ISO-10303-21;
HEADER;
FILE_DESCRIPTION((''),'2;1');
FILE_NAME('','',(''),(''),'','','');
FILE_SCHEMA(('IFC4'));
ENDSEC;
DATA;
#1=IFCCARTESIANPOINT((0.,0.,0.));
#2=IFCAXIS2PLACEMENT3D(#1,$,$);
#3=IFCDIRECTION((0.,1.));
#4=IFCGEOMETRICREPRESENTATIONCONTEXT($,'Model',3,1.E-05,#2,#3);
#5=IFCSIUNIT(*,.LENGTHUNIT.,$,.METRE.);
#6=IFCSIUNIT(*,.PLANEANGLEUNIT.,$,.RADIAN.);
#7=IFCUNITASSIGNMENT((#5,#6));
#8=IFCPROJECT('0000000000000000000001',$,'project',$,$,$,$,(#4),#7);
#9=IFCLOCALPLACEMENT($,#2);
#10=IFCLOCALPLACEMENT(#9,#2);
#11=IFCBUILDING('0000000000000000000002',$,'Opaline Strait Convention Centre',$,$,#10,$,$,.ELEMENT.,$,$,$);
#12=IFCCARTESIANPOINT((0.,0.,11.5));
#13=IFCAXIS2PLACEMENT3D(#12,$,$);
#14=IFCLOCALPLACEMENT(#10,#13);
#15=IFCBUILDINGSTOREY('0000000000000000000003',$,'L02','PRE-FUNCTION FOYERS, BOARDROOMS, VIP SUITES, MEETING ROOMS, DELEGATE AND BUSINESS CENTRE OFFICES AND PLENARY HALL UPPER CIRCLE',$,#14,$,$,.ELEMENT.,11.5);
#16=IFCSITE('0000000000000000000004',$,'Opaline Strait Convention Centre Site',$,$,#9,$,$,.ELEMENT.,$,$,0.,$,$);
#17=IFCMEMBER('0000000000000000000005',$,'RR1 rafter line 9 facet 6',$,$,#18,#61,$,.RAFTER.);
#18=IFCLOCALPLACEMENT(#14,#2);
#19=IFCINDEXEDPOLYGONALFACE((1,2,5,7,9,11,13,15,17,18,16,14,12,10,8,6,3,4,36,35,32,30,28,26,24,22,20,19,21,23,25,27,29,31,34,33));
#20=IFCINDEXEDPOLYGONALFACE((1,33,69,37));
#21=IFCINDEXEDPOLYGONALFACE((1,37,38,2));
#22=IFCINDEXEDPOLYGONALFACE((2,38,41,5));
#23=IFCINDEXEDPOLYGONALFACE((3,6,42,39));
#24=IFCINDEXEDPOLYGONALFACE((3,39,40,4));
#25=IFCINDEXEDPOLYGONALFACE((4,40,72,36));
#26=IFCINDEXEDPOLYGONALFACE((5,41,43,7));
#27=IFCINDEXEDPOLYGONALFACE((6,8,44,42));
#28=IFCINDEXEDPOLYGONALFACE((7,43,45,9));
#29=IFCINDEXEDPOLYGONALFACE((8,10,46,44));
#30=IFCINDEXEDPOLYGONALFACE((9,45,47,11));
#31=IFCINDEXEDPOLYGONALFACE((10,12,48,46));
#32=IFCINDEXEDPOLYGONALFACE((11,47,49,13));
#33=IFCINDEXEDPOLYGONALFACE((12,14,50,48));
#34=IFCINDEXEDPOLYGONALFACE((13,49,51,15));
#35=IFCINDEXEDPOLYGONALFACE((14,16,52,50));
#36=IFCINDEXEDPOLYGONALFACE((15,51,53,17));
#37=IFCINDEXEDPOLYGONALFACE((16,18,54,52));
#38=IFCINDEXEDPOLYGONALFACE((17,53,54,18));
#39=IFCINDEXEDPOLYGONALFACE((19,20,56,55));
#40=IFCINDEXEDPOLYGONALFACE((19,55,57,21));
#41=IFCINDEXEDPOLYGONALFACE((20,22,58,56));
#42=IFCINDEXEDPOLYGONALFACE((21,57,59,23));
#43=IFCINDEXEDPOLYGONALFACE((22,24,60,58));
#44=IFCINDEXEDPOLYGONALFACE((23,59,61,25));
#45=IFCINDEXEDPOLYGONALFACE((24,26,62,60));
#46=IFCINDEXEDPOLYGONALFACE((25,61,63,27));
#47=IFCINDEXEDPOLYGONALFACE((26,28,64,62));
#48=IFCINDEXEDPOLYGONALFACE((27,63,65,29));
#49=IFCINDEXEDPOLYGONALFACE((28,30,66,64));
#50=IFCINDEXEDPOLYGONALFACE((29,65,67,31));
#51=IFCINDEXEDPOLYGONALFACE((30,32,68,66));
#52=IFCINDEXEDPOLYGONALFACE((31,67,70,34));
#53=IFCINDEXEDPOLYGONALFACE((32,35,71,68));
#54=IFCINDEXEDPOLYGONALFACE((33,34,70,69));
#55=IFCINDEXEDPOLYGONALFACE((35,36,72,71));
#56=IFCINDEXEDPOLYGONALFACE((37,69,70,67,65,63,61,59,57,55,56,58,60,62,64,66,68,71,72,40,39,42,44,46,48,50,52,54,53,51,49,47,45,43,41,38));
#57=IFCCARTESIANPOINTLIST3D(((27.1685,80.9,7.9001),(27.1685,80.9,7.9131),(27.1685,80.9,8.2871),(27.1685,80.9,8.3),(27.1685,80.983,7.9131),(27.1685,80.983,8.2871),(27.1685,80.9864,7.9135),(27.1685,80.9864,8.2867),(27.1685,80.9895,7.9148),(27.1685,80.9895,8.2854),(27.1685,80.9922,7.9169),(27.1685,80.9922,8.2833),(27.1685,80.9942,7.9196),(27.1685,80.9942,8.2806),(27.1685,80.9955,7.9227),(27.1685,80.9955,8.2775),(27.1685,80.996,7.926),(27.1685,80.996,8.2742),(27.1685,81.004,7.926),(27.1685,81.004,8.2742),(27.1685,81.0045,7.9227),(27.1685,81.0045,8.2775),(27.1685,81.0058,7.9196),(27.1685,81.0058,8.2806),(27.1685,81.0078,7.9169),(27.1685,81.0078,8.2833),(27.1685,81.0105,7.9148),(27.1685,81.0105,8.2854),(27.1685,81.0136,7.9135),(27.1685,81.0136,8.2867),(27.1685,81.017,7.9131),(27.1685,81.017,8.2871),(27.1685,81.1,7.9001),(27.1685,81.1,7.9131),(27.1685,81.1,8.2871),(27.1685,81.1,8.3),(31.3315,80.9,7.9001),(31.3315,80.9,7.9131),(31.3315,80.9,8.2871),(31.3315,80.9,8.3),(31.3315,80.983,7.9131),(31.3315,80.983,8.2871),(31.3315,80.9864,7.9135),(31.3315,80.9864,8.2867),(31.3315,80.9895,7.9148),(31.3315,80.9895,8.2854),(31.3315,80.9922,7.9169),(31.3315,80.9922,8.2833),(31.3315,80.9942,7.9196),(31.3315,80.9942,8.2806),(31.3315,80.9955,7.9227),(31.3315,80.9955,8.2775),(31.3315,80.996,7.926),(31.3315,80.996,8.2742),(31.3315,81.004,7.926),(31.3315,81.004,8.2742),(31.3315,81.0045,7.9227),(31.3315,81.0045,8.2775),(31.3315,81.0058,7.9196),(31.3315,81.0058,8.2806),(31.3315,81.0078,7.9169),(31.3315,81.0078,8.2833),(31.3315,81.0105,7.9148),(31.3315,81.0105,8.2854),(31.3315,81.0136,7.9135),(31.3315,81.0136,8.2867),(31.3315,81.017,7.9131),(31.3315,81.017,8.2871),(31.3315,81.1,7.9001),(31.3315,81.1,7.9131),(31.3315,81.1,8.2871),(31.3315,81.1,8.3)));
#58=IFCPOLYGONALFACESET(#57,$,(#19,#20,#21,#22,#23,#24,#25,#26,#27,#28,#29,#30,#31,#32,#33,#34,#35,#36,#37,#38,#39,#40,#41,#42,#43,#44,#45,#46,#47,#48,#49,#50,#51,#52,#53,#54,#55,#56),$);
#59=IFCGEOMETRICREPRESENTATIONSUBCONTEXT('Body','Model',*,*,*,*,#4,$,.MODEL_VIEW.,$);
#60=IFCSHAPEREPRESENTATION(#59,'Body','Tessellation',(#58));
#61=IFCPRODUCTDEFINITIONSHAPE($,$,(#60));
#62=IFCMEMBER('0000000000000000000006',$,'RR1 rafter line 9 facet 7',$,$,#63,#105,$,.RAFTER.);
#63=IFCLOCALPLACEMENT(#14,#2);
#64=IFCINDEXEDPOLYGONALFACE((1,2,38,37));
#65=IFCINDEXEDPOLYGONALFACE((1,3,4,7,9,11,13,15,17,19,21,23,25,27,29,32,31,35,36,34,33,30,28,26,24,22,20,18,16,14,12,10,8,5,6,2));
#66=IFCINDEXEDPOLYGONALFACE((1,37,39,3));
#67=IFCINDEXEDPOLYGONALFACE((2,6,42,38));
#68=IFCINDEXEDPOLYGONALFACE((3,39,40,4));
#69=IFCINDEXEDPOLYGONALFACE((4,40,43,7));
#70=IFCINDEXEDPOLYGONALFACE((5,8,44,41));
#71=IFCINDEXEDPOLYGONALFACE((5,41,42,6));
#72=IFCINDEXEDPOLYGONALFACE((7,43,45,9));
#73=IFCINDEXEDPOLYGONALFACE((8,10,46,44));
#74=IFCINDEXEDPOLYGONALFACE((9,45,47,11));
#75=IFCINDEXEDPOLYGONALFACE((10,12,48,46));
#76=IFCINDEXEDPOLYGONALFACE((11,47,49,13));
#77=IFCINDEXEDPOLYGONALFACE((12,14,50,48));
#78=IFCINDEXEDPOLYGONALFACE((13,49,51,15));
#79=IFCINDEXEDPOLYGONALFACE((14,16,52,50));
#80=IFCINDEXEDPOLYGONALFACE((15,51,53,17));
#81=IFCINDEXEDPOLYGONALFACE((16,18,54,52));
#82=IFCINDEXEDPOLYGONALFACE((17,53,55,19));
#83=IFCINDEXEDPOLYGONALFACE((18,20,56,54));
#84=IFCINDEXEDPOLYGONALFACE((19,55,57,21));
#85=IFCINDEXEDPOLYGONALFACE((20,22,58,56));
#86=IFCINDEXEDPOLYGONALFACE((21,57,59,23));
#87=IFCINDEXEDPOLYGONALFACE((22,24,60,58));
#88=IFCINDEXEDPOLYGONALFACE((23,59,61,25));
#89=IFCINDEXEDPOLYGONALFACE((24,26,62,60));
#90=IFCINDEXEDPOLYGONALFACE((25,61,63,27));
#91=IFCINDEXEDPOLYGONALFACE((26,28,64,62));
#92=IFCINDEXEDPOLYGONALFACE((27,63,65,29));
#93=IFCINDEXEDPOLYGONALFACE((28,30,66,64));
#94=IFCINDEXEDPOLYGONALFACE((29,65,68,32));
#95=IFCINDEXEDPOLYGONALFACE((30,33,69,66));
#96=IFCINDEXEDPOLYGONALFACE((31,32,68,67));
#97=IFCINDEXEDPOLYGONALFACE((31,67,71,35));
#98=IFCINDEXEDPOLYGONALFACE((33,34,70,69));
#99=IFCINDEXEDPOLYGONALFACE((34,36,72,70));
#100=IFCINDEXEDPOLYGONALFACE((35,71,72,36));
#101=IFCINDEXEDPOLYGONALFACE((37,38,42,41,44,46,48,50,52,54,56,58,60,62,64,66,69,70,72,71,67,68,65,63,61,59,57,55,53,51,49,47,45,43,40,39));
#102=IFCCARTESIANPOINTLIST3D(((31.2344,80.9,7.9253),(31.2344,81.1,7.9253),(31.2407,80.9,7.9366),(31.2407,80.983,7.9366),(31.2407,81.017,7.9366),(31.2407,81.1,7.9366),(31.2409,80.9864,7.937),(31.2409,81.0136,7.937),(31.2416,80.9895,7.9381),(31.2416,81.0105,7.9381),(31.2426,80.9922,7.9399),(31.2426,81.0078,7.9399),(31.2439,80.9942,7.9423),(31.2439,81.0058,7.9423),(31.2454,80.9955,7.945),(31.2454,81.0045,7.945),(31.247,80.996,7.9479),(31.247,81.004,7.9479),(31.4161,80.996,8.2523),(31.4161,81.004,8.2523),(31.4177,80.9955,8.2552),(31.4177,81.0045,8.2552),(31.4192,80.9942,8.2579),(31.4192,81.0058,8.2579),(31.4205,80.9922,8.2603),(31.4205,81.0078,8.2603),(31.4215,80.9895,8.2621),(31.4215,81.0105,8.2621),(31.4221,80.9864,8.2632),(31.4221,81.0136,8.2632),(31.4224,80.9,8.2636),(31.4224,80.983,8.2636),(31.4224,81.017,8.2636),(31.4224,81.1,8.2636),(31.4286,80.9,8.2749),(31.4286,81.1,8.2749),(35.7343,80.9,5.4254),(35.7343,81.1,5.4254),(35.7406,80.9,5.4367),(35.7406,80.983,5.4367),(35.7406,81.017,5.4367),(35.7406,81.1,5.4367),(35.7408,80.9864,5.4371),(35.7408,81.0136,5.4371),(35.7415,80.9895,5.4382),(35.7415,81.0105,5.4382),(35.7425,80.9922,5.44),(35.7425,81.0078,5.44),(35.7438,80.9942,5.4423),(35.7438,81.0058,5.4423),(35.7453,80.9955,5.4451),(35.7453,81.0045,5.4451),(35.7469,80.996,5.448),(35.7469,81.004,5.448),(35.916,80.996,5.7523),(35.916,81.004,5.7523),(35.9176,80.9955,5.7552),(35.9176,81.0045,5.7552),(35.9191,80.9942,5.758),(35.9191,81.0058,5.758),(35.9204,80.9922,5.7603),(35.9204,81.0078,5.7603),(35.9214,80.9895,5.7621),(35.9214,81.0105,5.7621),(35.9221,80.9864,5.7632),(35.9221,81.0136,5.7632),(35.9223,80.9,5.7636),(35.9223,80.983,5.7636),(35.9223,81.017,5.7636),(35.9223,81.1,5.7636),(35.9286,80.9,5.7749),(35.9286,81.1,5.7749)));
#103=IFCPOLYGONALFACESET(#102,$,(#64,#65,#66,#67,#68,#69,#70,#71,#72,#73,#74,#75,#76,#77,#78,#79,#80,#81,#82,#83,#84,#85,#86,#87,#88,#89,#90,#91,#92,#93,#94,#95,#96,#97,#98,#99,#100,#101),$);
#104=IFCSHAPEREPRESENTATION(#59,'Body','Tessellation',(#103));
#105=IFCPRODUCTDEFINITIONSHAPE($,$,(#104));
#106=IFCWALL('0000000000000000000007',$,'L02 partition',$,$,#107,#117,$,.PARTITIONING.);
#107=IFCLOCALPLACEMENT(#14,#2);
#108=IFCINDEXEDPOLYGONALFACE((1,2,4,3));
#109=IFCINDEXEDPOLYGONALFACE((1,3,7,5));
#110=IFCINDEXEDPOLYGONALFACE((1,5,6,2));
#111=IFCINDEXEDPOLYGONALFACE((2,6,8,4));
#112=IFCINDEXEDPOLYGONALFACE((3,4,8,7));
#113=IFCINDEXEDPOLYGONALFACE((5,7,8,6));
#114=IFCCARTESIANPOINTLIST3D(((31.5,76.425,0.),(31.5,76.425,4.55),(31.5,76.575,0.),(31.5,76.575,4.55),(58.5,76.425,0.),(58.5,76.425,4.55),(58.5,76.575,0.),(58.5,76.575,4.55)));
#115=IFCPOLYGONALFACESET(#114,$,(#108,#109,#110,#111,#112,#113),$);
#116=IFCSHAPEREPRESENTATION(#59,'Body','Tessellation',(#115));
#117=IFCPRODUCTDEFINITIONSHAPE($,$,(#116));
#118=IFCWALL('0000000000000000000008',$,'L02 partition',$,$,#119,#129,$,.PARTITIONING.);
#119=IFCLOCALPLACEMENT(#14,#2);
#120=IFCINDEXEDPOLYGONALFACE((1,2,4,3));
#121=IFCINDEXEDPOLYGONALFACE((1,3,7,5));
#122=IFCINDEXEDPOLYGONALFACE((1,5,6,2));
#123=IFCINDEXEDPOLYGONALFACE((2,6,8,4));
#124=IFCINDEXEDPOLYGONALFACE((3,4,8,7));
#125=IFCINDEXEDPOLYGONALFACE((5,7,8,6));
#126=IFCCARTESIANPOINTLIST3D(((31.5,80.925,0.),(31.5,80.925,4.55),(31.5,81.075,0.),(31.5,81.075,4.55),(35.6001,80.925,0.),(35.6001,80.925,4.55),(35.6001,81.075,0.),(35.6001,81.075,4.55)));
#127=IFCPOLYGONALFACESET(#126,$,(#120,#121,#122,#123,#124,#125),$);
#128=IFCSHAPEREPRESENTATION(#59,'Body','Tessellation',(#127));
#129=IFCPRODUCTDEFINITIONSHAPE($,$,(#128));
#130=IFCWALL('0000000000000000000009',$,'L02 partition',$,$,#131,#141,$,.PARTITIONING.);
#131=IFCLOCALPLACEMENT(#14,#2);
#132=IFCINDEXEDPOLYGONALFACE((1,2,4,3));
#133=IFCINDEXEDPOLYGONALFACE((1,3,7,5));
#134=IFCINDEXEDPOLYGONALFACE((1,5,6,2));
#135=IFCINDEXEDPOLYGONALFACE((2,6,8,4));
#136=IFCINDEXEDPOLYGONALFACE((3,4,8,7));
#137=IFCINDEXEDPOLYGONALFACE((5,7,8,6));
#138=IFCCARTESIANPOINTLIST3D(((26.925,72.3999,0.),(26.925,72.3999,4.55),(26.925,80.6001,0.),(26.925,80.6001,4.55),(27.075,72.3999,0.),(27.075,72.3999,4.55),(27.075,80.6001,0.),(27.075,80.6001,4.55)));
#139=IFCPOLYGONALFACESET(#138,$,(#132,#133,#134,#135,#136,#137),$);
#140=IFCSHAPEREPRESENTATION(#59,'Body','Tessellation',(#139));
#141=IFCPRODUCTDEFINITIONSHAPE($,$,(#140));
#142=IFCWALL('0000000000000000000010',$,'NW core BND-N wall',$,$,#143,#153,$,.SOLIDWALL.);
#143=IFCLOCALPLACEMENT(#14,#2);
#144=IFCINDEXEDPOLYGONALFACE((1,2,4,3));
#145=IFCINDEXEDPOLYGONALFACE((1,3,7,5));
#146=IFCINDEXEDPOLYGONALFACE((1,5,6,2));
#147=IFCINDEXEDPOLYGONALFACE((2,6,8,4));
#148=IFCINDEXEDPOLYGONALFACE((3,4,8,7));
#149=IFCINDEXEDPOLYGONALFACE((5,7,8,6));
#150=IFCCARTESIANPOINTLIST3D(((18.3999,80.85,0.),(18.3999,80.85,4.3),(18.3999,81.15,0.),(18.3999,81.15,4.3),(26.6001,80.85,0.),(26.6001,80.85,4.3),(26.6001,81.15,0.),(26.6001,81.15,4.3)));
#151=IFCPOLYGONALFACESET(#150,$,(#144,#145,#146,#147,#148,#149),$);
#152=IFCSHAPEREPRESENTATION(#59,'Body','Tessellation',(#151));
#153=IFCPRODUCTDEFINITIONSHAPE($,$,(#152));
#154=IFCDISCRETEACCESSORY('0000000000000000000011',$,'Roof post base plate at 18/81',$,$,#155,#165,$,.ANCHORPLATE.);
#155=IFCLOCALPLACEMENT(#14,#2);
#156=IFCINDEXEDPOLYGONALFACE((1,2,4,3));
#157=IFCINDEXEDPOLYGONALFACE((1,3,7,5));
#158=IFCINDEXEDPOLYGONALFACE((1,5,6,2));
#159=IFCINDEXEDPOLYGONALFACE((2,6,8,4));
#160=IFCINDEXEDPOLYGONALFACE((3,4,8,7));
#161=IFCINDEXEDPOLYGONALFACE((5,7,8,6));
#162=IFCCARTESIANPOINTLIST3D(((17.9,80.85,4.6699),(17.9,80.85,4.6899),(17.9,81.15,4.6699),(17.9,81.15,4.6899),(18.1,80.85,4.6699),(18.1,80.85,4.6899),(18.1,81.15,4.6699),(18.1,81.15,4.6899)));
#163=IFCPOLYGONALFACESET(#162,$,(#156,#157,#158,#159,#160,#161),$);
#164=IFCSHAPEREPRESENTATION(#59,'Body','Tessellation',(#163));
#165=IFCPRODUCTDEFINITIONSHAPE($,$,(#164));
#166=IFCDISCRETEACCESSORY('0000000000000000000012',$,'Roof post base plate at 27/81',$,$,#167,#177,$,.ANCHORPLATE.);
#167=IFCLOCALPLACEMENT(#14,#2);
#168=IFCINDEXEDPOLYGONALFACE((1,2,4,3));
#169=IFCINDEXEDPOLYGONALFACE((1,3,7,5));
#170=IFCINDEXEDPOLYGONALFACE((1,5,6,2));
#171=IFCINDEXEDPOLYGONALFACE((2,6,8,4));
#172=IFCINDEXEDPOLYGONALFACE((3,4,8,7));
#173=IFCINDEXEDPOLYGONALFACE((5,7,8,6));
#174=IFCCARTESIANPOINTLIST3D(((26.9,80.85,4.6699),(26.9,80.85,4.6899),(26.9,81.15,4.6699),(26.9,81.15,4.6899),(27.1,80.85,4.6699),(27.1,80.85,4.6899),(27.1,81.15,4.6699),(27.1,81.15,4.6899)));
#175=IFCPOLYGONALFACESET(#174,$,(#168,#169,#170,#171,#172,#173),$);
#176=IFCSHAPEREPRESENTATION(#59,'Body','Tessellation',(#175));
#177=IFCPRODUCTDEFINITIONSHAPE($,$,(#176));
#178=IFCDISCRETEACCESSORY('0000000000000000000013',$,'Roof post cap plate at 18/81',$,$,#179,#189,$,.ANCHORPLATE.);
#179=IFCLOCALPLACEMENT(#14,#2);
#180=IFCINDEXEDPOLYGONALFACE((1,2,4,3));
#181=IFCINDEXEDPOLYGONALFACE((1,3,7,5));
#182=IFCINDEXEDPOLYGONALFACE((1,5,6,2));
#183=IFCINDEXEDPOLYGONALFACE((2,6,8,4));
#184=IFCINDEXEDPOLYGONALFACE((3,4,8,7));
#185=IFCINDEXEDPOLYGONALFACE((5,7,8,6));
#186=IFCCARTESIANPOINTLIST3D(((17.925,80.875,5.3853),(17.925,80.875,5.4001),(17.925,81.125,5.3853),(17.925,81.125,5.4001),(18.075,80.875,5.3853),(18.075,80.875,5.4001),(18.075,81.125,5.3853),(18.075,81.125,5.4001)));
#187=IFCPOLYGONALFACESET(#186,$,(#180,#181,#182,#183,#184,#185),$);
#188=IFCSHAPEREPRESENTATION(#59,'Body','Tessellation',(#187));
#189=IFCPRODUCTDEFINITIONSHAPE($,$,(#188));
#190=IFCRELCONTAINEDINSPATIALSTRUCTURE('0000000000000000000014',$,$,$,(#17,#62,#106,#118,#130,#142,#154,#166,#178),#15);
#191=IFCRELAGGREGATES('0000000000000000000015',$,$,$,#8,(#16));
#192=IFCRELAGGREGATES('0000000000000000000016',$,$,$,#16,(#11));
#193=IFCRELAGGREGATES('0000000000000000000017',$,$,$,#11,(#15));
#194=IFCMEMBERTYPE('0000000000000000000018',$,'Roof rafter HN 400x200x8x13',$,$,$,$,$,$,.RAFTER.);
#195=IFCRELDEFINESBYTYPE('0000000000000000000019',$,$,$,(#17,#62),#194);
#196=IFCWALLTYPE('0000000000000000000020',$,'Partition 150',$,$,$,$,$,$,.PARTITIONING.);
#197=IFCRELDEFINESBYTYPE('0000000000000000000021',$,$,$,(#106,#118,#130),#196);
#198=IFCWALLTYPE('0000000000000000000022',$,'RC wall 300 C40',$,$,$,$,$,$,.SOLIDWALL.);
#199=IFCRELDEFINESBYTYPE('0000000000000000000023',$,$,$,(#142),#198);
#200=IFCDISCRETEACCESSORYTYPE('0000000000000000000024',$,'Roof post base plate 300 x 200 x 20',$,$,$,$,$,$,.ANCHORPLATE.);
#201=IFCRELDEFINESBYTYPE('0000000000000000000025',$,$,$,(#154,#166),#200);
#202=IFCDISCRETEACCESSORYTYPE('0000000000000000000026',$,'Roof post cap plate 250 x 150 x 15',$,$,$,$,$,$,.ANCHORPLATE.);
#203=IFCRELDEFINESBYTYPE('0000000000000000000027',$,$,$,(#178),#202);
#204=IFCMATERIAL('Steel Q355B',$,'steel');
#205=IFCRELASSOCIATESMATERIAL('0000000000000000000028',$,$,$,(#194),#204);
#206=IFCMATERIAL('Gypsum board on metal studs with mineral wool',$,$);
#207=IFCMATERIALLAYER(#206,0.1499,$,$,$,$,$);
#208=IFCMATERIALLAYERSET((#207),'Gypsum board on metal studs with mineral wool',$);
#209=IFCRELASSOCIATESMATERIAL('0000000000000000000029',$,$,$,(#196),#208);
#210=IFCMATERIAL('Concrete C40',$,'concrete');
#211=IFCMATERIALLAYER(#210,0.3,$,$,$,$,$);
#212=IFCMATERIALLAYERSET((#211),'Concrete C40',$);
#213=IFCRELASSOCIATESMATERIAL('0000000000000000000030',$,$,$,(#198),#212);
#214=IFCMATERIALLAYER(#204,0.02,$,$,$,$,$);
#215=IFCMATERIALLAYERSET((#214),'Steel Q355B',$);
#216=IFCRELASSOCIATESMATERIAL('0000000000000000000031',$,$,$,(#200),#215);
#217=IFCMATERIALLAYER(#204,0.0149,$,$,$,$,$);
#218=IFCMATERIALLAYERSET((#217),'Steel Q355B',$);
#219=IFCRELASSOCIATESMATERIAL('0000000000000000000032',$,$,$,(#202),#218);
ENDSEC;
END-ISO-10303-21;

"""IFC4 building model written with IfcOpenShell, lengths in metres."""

from ifc_helpers import new_model, si_unit, direction, frame, frame_2d, origin, origin_2d, place, context, subcontext, project, spatial, rectangle, i_section, extrude, material, layer, layer_set, material_profile, profile_set, type_object, element, save


model = new_model("IFC4")

# Units and contexts
model_context = context("Model", 3, precision=1e-05, world=origin(), true_north=direction((0.0, 1.0)))
body_context = subcontext(model_context, "Body", "Model", "MODEL_VIEW")
ifc_project = project(units=[si_unit("LENGTHUNIT", "METRE"), si_unit("PLANEANGLEUNIT", "RADIAN")], contexts=[model_context])

# Site, building, storey
site_placement = place(None, origin())
site = spatial("IfcSite", under=ifc_project, at=site_placement, Name="Opaline Strait Convention Centre Site", CompositionType="ELEMENT", RefElevation=0.0)
building_placement = place(site_placement, origin())
building = spatial("IfcBuilding", under=site, at=building_placement, Name="Opaline Strait Convention Centre", CompositionType="ELEMENT")
storey_placement = place(building_placement, frame((0.0, 0.0, 11.5)))
storey = spatial("IfcBuildingStorey", under=building, at=storey_placement, Name="L02", Description="PRE-FUNCTION FOYERS, BOARDROOMS, VIP SUITES, MEETING ROOMS, DELEGATE AND BUSINESS CENTRE OFFICES AND PLENARY HALL UPPER CIRCLE", CompositionType="ELEMENT", Elevation=11.5)

# Shared definitions
ifc_material_1 = material(Name="Concrete C40", Category="concrete")

# Shared definitions
ifc_material_2 = material(Name="Steel Q355B", Category="steel")

# Members
ifc_material_profile_1 = material_profile(ifc_material_2, i_section(OverallWidth=0.2, OverallDepth=0.3999, WebThickness=0.0081, FlangeThickness=0.0129, FilletRadius=0.0129, at=origin_2d()), Name="HN 400x200x8x13")
ifc_profile_set_1 = profile_set([ifc_material_profile_1], Name="Steel Q355B")
member_type_1 = type_object("IfcMemberType", Name="Roof rafter HN 400x200x8x13", PredefinedType="RAFTER", material=ifc_profile_set_1)
member_1_placement = place(storey_placement, frame((27.1685, 81.0, 8.1001), z_axis=(1.0, 0.0, 0.0), x_axis=(0.0, 1.0, 0.0)))
element("IfcMember", 1, at=member_1_placement, inside=storey, type_object=member_type_1, Name="RR1 rafter line 9 facet 6", PredefinedType="RAFTER", context=body_context, shape_type="SweptSolid", body=[
    extrude(i_section(OverallWidth=0.2, OverallDepth=0.3999, WebThickness=0.0081, FlangeThickness=0.0129, FilletRadius=0.0129, at=origin_2d()), origin(), (0.0, 0.0, 1.0), 4.1631),
])
member_2_placement = place(storey_placement, frame((31.3315, 81.0, 8.1001), z_axis=(0.874157, 0.0, -0.485643), x_axis=(0.0, 1.0, 0.0)))
element("IfcMember", 2, at=member_2_placement, inside=storey, type_object=member_type_1, Name="RR1 rafter line 9 facet 7", PredefinedType="RAFTER", context=body_context, shape_type="SweptSolid", body=[
    extrude(i_section(OverallWidth=0.2, OverallDepth=0.3999, WebThickness=0.0081, FlangeThickness=0.0129, FilletRadius=0.0129, at=origin_2d()), origin(), (0.0, 0.0, 1.0), 5.1477),
])

# Walls
ifc_material_3 = material(Name="Gypsum board on metal studs with mineral wool")
ifc_layer_1 = layer(ifc_material_3, 0.1499)
ifc_layer_set_1 = layer_set([ifc_layer_1], Name="Gypsum board on metal studs with mineral wool")
wall_type_1 = type_object("IfcWallType", Name="Partition 150", PredefinedType="PARTITIONING", material=ifc_layer_set_1)
wall_1_placement = place(storey_placement, frame((31.5, 76.5, 0.0), z_axis=(0.0, 0.0, 1.0), x_axis=(1.0, 0.0, 0.0)))
element("IfcWall", 3, at=wall_1_placement, inside=storey, type_object=wall_type_1, Name="L02 partition", PredefinedType="PARTITIONING", context=body_context, shape_type="SweptSolid", body=[
    extrude(rectangle(XDim=27.0, YDim=0.1499, at=frame_2d((13.5, 0.0))), origin(), (0.0, 0.0, 1.0), 4.55),
])
wall_2_placement = place(storey_placement, frame((31.5, 81.0, 0.0), z_axis=(0.0, 0.0, 1.0), x_axis=(1.0, 0.0, 0.0)))
element("IfcWall", 4, at=wall_2_placement, inside=storey, type_object=wall_type_1, Name="L02 partition", PredefinedType="PARTITIONING", context=body_context, shape_type="SweptSolid", body=[
    extrude(rectangle(XDim=4.1001, YDim=0.1499, at=frame_2d((2.05, 0.0))), origin(), (0.0, 0.0, 1.0), 4.55),
])
wall_3_placement = place(storey_placement, frame((27.0, 72.3999, 0.0), z_axis=(0.0, 0.0, 1.0), x_axis=(0.0, 1.0, 0.0)))
element("IfcWall", 5, at=wall_3_placement, inside=storey, type_object=wall_type_1, Name="L02 partition", PredefinedType="PARTITIONING", context=body_context, shape_type="SweptSolid", body=[
    extrude(rectangle(XDim=8.2002, YDim=0.1499, at=frame_2d((4.1001, 0.0))), origin(), (0.0, 0.0, 1.0), 4.55),
])
ifc_layer_2 = layer(ifc_material_1, 0.3)
ifc_layer_set_2 = layer_set([ifc_layer_2], Name="Concrete C40")
wall_type_2 = type_object("IfcWallType", Name="RC wall 300 C40", PredefinedType="SOLIDWALL", material=ifc_layer_set_2)
wall_4_placement = place(storey_placement, frame((18.3999, 81.0, 0.0), z_axis=(0.0, 0.0, 1.0), x_axis=(1.0, 0.0, 0.0)))
element("IfcWall", 6, at=wall_4_placement, inside=storey, type_object=wall_type_2, Name="NW core BND-N wall", PredefinedType="SOLIDWALL", context=body_context, shape_type="SweptSolid", body=[
    extrude(rectangle(XDim=8.2002, YDim=0.3, at=frame_2d((4.1001, 0.0))), origin(), (0.0, 0.0, 1.0), 4.3),
])

# Discrete accessories
ifc_layer_3 = layer(ifc_material_2, 0.02)
ifc_layer_set_3 = layer_set([ifc_layer_3], Name="Steel Q355B")
discrete_accessory_type_1 = type_object("IfcDiscreteAccessoryType", Name="Roof post base plate 300 x 200 x 20", PredefinedType="ANCHORPLATE", material=ifc_layer_set_3)
for number, where, z_axis, x_axis, name in (
    (7, (18.0, 81.0, 4.6699), (0.0, 0.0, 1.0), (1.0, 0.0, 0.0), "Roof post base plate at 18/81"),
    (8, (27.0, 81.0, 4.6699), (0.0, 0.0, 1.0), (1.0, 0.0, 0.0), "Roof post base plate at 27/81"),
):
    element("IfcDiscreteAccessory", number, at=place(storey_placement, frame(where, z_axis=z_axis, x_axis=x_axis)), inside=storey, type_object=discrete_accessory_type_1, Name=name, PredefinedType="ANCHORPLATE", context=body_context, shape_type="SweptSolid", body=[
        extrude(rectangle(XDim=0.2, YDim=0.3, at=origin_2d()), origin(), (0.0, 0.0, 1.0), 0.02),
    ])
ifc_layer_4 = layer(ifc_material_2, 0.0149)
ifc_layer_set_4 = layer_set([ifc_layer_4], Name="Steel Q355B")
discrete_accessory_type_2 = type_object("IfcDiscreteAccessoryType", Name="Roof post cap plate 250 x 150 x 15", PredefinedType="ANCHORPLATE", material=ifc_layer_set_4)
for number, where, z_axis, x_axis, name in (
    (9, (18.0, 81.0, 5.3853), (0.0, 0.0, 1.0), (1.0, 0.0, 0.0), "Roof post cap plate at 18/81"),
):
    element("IfcDiscreteAccessory", number, at=place(storey_placement, frame(where, z_axis=z_axis, x_axis=x_axis)), inside=storey, type_object=discrete_accessory_type_2, Name=name, PredefinedType="ANCHORPLATE", context=body_context, shape_type="SweptSolid", body=[
        extrude(rectangle(XDim=0.1499, YDim=0.25, at=origin_2d()), origin(), (0.0, 0.0, 1.0), 0.0149),
    ])

save(model, "model.ifc")
